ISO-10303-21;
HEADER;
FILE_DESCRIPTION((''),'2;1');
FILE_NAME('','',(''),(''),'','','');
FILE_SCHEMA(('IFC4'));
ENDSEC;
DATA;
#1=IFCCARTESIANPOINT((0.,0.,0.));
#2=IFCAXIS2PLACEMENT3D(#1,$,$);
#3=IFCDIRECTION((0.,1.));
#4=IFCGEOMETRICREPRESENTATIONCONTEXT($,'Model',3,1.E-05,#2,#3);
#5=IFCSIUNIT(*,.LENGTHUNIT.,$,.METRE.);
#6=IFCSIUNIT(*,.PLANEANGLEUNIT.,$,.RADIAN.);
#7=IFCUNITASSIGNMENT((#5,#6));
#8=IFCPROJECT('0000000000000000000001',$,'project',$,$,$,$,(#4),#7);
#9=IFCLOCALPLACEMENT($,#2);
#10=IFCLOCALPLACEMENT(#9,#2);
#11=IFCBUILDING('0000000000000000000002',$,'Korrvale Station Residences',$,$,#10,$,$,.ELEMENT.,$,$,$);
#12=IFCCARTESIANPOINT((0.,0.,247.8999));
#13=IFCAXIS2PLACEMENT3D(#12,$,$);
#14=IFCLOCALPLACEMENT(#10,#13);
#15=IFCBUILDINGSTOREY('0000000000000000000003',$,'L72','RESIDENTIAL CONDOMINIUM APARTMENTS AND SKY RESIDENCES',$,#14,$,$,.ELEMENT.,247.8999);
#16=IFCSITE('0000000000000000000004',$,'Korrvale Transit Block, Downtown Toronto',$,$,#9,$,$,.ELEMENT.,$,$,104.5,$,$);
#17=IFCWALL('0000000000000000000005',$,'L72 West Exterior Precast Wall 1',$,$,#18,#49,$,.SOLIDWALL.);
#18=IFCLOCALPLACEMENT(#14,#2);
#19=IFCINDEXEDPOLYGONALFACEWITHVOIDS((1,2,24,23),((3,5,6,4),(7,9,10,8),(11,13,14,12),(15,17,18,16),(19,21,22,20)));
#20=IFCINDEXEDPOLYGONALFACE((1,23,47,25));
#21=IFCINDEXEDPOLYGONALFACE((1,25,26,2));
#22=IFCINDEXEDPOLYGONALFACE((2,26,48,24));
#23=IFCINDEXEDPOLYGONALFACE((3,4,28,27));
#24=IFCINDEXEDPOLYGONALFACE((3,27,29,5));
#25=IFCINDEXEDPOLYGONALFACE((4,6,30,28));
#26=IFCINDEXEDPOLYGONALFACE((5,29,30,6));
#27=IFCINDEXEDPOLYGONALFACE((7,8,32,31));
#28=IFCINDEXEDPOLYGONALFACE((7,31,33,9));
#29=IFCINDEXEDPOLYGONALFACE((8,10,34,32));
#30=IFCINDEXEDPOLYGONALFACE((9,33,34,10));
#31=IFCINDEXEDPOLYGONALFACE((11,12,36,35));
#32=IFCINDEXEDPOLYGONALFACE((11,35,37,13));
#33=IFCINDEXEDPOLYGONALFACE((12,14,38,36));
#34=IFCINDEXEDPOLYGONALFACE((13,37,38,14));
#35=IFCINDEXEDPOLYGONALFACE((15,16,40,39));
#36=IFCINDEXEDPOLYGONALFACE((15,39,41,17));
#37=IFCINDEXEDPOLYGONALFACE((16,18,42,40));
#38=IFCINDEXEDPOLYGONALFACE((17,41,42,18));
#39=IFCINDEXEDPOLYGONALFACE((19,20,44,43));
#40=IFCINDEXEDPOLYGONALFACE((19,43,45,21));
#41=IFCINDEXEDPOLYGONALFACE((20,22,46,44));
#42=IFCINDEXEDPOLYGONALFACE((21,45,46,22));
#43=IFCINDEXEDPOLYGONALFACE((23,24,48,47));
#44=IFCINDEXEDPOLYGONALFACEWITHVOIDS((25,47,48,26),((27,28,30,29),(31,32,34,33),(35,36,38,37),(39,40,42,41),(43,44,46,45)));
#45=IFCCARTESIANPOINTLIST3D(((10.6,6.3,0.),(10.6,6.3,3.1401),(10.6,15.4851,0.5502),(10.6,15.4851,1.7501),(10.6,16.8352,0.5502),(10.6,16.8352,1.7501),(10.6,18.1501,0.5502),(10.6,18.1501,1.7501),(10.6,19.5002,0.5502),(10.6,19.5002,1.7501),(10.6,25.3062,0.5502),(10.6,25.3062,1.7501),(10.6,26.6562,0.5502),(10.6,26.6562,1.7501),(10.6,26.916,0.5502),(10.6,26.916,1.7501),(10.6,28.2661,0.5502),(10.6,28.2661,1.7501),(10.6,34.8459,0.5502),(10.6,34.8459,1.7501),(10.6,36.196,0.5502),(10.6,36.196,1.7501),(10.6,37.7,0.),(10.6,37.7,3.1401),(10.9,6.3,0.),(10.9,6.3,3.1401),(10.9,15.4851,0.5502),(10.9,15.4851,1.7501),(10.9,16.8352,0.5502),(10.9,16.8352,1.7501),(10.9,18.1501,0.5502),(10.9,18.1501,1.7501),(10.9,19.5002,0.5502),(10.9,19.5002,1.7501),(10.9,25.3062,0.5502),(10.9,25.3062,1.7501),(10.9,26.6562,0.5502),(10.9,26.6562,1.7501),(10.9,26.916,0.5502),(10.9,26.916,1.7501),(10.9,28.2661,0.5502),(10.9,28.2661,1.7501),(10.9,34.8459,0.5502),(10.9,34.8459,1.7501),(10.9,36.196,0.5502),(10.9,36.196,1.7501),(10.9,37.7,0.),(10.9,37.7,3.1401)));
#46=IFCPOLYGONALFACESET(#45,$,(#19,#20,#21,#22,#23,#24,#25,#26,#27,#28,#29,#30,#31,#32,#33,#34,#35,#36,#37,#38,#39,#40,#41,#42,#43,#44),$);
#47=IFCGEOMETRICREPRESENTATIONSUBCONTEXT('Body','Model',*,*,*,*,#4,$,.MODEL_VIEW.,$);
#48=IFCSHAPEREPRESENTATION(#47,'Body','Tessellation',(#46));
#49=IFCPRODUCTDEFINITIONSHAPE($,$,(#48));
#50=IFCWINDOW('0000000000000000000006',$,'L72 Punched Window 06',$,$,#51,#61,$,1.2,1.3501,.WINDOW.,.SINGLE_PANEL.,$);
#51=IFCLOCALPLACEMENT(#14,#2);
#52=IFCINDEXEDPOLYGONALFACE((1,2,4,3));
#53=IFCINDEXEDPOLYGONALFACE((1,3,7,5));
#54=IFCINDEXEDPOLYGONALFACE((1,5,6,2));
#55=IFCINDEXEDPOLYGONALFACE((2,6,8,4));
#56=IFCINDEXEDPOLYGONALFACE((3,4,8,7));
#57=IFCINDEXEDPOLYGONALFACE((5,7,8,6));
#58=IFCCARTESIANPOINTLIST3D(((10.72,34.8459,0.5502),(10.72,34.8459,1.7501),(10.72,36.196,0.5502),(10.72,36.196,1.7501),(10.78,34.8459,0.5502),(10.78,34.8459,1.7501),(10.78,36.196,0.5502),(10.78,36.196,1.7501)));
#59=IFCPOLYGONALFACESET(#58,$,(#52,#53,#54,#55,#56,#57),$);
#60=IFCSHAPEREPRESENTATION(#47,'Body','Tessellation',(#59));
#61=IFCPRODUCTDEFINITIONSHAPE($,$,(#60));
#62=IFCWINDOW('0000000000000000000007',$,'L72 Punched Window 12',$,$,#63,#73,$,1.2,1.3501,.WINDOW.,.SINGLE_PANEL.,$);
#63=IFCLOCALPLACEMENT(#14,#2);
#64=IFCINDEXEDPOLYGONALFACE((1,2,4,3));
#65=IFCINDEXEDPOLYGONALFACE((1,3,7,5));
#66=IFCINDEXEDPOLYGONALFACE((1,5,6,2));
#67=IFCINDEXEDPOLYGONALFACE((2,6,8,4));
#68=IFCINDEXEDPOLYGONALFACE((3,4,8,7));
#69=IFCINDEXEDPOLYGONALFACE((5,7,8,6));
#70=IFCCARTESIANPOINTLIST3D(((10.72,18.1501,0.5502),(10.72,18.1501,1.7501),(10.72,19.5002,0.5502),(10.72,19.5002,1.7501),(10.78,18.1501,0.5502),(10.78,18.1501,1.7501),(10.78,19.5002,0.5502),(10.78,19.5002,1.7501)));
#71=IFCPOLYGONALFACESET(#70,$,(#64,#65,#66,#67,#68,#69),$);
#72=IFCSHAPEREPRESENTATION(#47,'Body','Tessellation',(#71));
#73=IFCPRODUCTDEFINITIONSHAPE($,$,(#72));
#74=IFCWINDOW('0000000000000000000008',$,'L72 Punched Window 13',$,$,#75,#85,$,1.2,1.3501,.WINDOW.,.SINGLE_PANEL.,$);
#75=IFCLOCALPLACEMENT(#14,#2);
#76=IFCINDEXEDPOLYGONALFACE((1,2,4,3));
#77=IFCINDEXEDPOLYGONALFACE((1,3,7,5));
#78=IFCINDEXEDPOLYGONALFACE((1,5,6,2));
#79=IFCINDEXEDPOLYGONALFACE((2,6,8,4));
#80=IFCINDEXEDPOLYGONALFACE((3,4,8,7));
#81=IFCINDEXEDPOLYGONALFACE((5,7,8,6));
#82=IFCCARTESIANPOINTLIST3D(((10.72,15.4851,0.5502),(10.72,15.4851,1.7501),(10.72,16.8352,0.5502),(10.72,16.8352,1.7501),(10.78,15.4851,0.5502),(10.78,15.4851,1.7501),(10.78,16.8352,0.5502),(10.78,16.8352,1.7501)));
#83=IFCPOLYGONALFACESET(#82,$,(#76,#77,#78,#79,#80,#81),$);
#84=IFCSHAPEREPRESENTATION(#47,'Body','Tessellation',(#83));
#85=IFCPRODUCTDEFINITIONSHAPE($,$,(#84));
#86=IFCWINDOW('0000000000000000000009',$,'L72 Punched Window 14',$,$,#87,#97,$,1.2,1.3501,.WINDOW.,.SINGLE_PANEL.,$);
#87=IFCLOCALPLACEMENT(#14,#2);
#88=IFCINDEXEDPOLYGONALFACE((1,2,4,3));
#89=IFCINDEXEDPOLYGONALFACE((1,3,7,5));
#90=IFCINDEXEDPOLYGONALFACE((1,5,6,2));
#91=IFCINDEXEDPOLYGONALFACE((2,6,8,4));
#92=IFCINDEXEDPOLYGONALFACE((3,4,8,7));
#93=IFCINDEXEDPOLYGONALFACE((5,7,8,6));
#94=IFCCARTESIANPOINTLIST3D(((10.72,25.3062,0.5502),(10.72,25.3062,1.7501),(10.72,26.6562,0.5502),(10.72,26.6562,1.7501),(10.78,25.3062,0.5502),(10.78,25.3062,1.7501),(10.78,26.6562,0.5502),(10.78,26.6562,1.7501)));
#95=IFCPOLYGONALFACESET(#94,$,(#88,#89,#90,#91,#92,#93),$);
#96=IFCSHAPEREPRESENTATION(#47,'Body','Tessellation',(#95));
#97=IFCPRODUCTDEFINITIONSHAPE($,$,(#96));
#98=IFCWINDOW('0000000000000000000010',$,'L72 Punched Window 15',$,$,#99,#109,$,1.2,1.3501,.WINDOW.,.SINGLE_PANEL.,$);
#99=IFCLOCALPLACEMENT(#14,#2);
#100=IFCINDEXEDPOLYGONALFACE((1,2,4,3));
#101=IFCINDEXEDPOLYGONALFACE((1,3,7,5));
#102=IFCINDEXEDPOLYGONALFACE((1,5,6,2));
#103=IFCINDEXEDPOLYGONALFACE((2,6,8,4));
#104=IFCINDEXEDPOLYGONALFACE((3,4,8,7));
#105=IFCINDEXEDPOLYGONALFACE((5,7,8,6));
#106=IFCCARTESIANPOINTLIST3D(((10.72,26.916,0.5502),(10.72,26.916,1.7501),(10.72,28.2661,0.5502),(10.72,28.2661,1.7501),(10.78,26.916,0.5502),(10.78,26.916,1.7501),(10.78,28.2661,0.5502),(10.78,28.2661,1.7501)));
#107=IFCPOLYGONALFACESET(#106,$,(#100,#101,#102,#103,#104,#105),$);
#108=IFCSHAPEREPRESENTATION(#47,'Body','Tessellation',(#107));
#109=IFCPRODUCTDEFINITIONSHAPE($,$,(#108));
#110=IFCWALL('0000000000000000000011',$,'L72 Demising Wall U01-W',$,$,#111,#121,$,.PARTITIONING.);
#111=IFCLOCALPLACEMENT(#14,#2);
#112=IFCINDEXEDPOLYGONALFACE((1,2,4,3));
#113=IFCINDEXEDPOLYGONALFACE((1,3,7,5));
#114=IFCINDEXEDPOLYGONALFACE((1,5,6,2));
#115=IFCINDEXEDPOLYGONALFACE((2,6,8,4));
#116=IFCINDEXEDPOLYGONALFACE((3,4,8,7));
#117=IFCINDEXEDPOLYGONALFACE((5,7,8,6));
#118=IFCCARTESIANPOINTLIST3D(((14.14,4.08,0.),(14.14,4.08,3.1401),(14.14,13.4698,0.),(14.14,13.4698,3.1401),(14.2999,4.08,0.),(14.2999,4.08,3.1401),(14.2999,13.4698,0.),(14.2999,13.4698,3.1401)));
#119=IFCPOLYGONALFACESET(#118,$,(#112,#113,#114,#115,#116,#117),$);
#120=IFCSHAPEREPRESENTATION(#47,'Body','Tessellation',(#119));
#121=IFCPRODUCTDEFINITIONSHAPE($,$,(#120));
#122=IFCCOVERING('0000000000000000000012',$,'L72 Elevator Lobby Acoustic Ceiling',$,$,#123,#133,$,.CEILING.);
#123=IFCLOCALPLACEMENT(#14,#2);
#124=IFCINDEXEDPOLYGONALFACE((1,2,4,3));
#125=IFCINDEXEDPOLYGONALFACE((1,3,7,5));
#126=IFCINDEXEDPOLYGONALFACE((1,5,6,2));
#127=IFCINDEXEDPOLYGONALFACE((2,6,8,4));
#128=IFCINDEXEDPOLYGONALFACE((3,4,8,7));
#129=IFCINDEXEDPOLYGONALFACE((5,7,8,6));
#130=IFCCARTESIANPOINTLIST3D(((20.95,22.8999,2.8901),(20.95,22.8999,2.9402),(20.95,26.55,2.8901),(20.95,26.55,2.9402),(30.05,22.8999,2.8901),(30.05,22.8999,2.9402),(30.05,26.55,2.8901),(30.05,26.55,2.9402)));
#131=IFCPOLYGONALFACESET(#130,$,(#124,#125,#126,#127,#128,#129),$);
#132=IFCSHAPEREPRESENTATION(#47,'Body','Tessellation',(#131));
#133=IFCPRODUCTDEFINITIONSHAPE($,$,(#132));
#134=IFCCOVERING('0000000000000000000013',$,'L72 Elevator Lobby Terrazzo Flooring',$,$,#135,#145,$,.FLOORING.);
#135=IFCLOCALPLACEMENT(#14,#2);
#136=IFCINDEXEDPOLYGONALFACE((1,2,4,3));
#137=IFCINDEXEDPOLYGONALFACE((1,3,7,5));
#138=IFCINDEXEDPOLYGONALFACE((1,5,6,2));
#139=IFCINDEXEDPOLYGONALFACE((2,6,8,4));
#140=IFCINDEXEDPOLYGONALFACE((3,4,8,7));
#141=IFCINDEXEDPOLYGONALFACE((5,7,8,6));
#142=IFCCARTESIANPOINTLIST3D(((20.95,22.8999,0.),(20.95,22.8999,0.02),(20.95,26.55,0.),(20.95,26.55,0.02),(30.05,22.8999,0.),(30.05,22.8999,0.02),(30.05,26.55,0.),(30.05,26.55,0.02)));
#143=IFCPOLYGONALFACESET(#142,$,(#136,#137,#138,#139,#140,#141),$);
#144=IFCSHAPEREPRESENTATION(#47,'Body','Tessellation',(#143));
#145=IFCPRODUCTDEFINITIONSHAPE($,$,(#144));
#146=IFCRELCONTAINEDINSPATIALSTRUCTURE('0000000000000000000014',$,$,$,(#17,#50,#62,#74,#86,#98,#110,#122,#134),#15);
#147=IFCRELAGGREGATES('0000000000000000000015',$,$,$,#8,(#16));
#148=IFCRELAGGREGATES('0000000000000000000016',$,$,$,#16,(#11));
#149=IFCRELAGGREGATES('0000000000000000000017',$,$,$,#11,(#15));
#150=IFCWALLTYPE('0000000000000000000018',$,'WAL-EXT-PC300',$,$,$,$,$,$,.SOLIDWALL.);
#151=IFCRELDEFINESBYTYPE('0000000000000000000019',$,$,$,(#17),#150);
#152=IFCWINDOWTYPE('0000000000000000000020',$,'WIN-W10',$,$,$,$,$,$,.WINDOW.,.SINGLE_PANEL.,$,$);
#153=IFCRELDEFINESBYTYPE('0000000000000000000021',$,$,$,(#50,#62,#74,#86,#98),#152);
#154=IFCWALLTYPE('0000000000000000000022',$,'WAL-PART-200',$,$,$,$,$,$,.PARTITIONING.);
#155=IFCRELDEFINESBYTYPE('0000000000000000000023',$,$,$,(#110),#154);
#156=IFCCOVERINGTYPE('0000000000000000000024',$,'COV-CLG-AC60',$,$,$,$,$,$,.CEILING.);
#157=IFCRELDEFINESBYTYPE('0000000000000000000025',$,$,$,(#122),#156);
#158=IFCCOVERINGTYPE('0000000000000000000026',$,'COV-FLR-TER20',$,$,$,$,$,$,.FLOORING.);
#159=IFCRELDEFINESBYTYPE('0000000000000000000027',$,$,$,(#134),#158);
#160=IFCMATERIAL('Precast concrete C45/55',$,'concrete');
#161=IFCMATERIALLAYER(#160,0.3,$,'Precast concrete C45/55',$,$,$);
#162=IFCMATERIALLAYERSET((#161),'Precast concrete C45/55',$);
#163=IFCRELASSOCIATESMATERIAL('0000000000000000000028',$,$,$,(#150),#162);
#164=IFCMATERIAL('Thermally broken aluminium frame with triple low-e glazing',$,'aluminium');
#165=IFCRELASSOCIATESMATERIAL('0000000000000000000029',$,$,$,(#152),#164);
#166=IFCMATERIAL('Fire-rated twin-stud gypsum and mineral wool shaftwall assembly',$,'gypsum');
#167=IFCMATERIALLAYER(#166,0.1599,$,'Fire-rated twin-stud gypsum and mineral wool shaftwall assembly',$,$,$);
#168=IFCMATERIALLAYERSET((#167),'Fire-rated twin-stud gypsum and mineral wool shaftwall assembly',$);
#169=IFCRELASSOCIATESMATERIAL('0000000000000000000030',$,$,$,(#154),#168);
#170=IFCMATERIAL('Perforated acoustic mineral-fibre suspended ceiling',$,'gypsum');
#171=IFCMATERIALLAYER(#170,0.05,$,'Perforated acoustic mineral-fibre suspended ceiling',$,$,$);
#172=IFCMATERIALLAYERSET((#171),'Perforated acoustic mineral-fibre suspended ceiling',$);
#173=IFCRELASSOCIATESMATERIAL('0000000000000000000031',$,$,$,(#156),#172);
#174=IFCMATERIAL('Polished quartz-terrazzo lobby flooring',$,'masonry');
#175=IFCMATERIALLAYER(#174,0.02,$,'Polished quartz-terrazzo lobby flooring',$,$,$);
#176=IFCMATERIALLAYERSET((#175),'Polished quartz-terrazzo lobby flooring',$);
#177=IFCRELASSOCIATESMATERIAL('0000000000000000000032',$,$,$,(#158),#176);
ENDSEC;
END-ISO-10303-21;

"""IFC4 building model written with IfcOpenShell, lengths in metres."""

from ifc_helpers import new_model, si_unit, direction, frame, frame_2d, origin, place, context, subcontext, project, spatial, polyline, rectangle, outline, extrude, material, layer, layer_set, type_object, element, fill, save


model = new_model("IFC4")

# Units and contexts
model_context = context("Model", 3, precision=1e-05, world=origin(), true_north=direction((0.0, 1.0)))
body_context = subcontext(model_context, "Body", "Model", "MODEL_VIEW")
ifc_project = project(units=[si_unit("LENGTHUNIT", "METRE"), si_unit("PLANEANGLEUNIT", "RADIAN")], contexts=[model_context])

# Site, building, storey
site_placement = place(None, origin())
site = spatial("IfcSite", under=ifc_project, at=site_placement, Name="Korrvale Transit Block, Downtown Toronto", CompositionType="ELEMENT", RefElevation=104.5)
building_placement = place(site_placement, origin())
building = spatial("IfcBuilding", under=site, at=building_placement, Name="Korrvale Station Residences", CompositionType="ELEMENT")
storey_placement = place(building_placement, frame((0.0, 0.0, 247.8999)))
storey = spatial("IfcBuildingStorey", under=building, at=storey_placement, Name="L72", Description="RESIDENTIAL CONDOMINIUM APARTMENTS AND SKY RESIDENCES", CompositionType="ELEMENT", Elevation=247.8999)

# Shared definitions
ifc_material_1 = material(Name="Precast concrete C45/55", Category="concrete")

# Wall, openings, windows
ifc_layer_1 = layer(ifc_material_1, 0.3, Name="Precast concrete C45/55")
ifc_layer_set_1 = layer_set([ifc_layer_1], Name="Precast concrete C45/55")
wall_type_1 = type_object("IfcWallType", Name="WAL-EXT-PC300", PredefinedType="SOLIDWALL", material=ifc_layer_set_1)
wall_1_placement = place(storey_placement, frame((10.75, 6.3, 0.0), z_axis=(0.0, 0.0, 1.0), x_axis=(0.0, 1.0, 0.0)))
wall_1 = element("IfcWall", 1, at=wall_1_placement, inside=storey, type_object=wall_type_1, Name="L72 West Exterior Precast Wall 1", PredefinedType="SOLIDWALL", context=body_context, shape_type="SweptSolid", body=[
    extrude(rectangle(XDim=31.3999, YDim=0.3, at=frame_2d((15.7, 0.0))), origin(), (0.0, 0.0, 1.0), 3.1401),
])
opening_1_placement = place(wall_1_placement, frame((28.5459, 0.0, 0.55)))
opening_1 = element("IfcOpeningElement", 2, at=opening_1_placement, cuts=wall_1, PredefinedType="OPENING", context=body_context, shape_type="SweptSolid", body=[
    extrude(rectangle(XDim=1.3501, YDim=1.2, at=frame_2d((0.675, 0.6001))), frame((0.0, 0.1602, 0.0), z_axis=(0.0, -1.0, 0.0), x_axis=(1.0, 0.0, 0.0)), (0.0, 0.0, 1.0), 0.3201),
])
opening_2_placement = place(wall_1_placement, frame((11.8501, 0.0, 0.55)))
opening_2 = element("IfcOpeningElement", 3, at=opening_2_placement, cuts=wall_1, PredefinedType="OPENING", context=body_context, shape_type="SweptSolid", body=[
    extrude(rectangle(XDim=1.3501, YDim=1.2, at=frame_2d((0.675, 0.6001))), frame((0.0, 0.1602, 0.0), z_axis=(0.0, -1.0, 0.0), x_axis=(1.0, 0.0, 0.0)), (0.0, 0.0, 1.0), 0.3201),
])
opening_3_placement = place(wall_1_placement, frame((9.1851, 0.0, 0.55)))
opening_3 = element("IfcOpeningElement", 4, at=opening_3_placement, cuts=wall_1, PredefinedType="OPENING", context=body_context, shape_type="SweptSolid", body=[
    extrude(rectangle(XDim=1.3501, YDim=1.2, at=frame_2d((0.675, 0.6001))), frame((0.0, 0.1602, 0.0), z_axis=(0.0, -1.0, 0.0), x_axis=(1.0, 0.0, 0.0)), (0.0, 0.0, 1.0), 0.3201),
])
opening_4_placement = place(wall_1_placement, frame((19.0061, 0.0, 0.55)))
opening_4 = element("IfcOpeningElement", 5, at=opening_4_placement, cuts=wall_1, PredefinedType="OPENING", context=body_context, shape_type="SweptSolid", body=[
    extrude(rectangle(XDim=1.3501, YDim=1.2, at=frame_2d((0.675, 0.6001))), frame((0.0, 0.1602, 0.0), z_axis=(0.0, -1.0, 0.0), x_axis=(1.0, 0.0, 0.0)), (0.0, 0.0, 1.0), 0.3201),
])
opening_5_placement = place(wall_1_placement, frame((20.616, 0.0, 0.55)))
opening_5 = element("IfcOpeningElement", 6, at=opening_5_placement, cuts=wall_1, PredefinedType="OPENING", context=body_context, shape_type="SweptSolid", body=[
    extrude(rectangle(XDim=1.3501, YDim=1.2, at=frame_2d((0.675, 0.6001))), frame((0.0, 0.1602, 0.0), z_axis=(0.0, -1.0, 0.0), x_axis=(1.0, 0.0, 0.0)), (0.0, 0.0, 1.0), 0.3201),
])
ifc_material_2 = material(Name="Thermally broken aluminium frame with triple low-e glazing", Category="aluminium")
window_type = type_object("IfcWindowType", Name="WIN-W10", PartitioningType="SINGLE_PANEL", PredefinedType="WINDOW", material=ifc_material_2)
window_1_placement = place(opening_1_placement, origin())
window_1 = element("IfcWindow", 7, at=window_1_placement, inside=storey, type_object=window_type, Name="L72 Punched Window 06", OverallHeight=1.2, OverallWidth=1.3501, PartitioningType="SINGLE_PANEL", PredefinedType="WINDOW", context=body_context, shape_type="SweptSolid", body=[
    extrude(rectangle(XDim=1.3501, YDim=1.2, at=frame_2d((0.675, 0.6001))), frame((0.0, 0.03, 0.0), z_axis=(0.0, -1.0, 0.0), x_axis=(1.0, 0.0, 0.0)), (0.0, 0.0, 1.0), 0.0601),
])
fill(opening_1, window_1)
window_2_placement = place(opening_2_placement, origin())
window_2 = element("IfcWindow", 8, at=window_2_placement, inside=storey, type_object=window_type, Name="L72 Punched Window 12", OverallHeight=1.2, OverallWidth=1.3501, PartitioningType="SINGLE_PANEL", PredefinedType="WINDOW", context=body_context, shape_type="SweptSolid", body=[
    extrude(rectangle(XDim=1.3501, YDim=1.2, at=frame_2d((0.675, 0.6001))), frame((0.0, 0.03, 0.0), z_axis=(0.0, -1.0, 0.0), x_axis=(1.0, 0.0, 0.0)), (0.0, 0.0, 1.0), 0.0601),
])
fill(opening_2, window_2)
window_3_placement = place(opening_3_placement, origin())
window_3 = element("IfcWindow", 9, at=window_3_placement, inside=storey, type_object=window_type, Name="L72 Punched Window 13", OverallHeight=1.2, OverallWidth=1.3501, PartitioningType="SINGLE_PANEL", PredefinedType="WINDOW", context=body_context, shape_type="SweptSolid", body=[
    extrude(rectangle(XDim=1.3501, YDim=1.2, at=frame_2d((0.675, 0.6001))), frame((0.0, 0.03, 0.0), z_axis=(0.0, -1.0, 0.0), x_axis=(1.0, 0.0, 0.0)), (0.0, 0.0, 1.0), 0.0601),
])
fill(opening_3, window_3)
window_4_placement = place(opening_4_placement, origin())
window_4 = element("IfcWindow", 10, at=window_4_placement, inside=storey, type_object=window_type, Name="L72 Punched Window 14", OverallHeight=1.2, OverallWidth=1.3501, PartitioningType="SINGLE_PANEL", PredefinedType="WINDOW", context=body_context, shape_type="SweptSolid", body=[
    extrude(rectangle(XDim=1.3501, YDim=1.2, at=frame_2d((0.675, 0.6001))), frame((0.0, 0.03, 0.0), z_axis=(0.0, -1.0, 0.0), x_axis=(1.0, 0.0, 0.0)), (0.0, 0.0, 1.0), 0.0601),
])
fill(opening_4, window_4)
window_5_placement = place(opening_5_placement, origin())
window_5 = element("IfcWindow", 11, at=window_5_placement, inside=storey, type_object=window_type, Name="L72 Punched Window 15", OverallHeight=1.2, OverallWidth=1.3501, PartitioningType="SINGLE_PANEL", PredefinedType="WINDOW", context=body_context, shape_type="SweptSolid", body=[
    extrude(rectangle(XDim=1.3501, YDim=1.2, at=frame_2d((0.675, 0.6001))), frame((0.0, 0.03, 0.0), z_axis=(0.0, -1.0, 0.0), x_axis=(1.0, 0.0, 0.0)), (0.0, 0.0, 1.0), 0.0601),
])
fill(opening_5, window_5)

# Wall
ifc_material_3 = material(Name="Fire-rated twin-stud gypsum and mineral wool shaftwall assembly", Category="gypsum")
ifc_layer_2 = layer(ifc_material_3, 0.1599, Name="Fire-rated twin-stud gypsum and mineral wool shaftwall assembly")
ifc_layer_set_2 = layer_set([ifc_layer_2], Name="Fire-rated twin-stud gypsum and mineral wool shaftwall assembly")
wall_type_2 = type_object("IfcWallType", Name="WAL-PART-200", PredefinedType="PARTITIONING", material=ifc_layer_set_2)
wall_2_placement = place(storey_placement, frame((14.22, 4.0801, 0.0), z_axis=(0.0, 0.0, 1.0), x_axis=(0.0, 1.0, 0.0)))
element("IfcWall", 12, at=wall_2_placement, inside=storey, type_object=wall_type_2, Name="L72 Demising Wall U01-W", PredefinedType="PARTITIONING", context=body_context, shape_type="SweptSolid", body=[
    extrude(rectangle(XDim=9.3899, YDim=0.1599, at=frame_2d((4.6948, 0.0))), origin(), (0.0, 0.0, 1.0), 3.1401),
])

# Coverings
ifc_material_4 = material(Name="Perforated acoustic mineral-fibre suspended ceiling", Category="gypsum")
ifc_layer_3 = layer(ifc_material_4, 0.05, Name="Perforated acoustic mineral-fibre suspended ceiling")
ifc_layer_set_3 = layer_set([ifc_layer_3], Name="Perforated acoustic mineral-fibre suspended ceiling")
covering_type_1 = type_object("IfcCoveringType", Name="COV-CLG-AC60", PredefinedType="CEILING", material=ifc_layer_set_3)
covering_1_placement = place(storey_placement, frame((0.0, 0.0, 2.8901)))
element("IfcCovering", 13, at=covering_1_placement, inside=storey, type_object=covering_type_1, Name="L72 Elevator Lobby Acoustic Ceiling", PredefinedType="CEILING", context=body_context, shape_type="SweptSolid", body=[
    extrude(outline(polyline([(20.95, 22.8999), (30.05, 22.8999), (30.05, 26.55), (20.95, 26.55), (20.95, 22.8999)])), origin(), (0.0, 0.0, 1.0), 0.05),
])
ifc_material_5 = material(Name="Polished quartz-terrazzo lobby flooring", Category="masonry")
ifc_layer_4 = layer(ifc_material_5, 0.02, Name="Polished quartz-terrazzo lobby flooring")
ifc_layer_set_4 = layer_set([ifc_layer_4], Name="Polished quartz-terrazzo lobby flooring")
covering_type_2 = type_object("IfcCoveringType", Name="COV-FLR-TER20", PredefinedType="FLOORING", material=ifc_layer_set_4)
covering_2_placement = place(storey_placement, origin())
element("IfcCovering", 14, at=covering_2_placement, inside=storey, type_object=covering_type_2, Name="L72 Elevator Lobby Terrazzo Flooring", PredefinedType="FLOORING", context=body_context, shape_type="SweptSolid", body=[
    extrude(outline(polyline([(20.95, 22.8999), (30.05, 22.8999), (30.05, 26.55), (20.95, 26.55), (20.95, 22.8999)])), origin(), (0.0, 0.0, 1.0), 0.02),
])

save(model, "model.ifc")
